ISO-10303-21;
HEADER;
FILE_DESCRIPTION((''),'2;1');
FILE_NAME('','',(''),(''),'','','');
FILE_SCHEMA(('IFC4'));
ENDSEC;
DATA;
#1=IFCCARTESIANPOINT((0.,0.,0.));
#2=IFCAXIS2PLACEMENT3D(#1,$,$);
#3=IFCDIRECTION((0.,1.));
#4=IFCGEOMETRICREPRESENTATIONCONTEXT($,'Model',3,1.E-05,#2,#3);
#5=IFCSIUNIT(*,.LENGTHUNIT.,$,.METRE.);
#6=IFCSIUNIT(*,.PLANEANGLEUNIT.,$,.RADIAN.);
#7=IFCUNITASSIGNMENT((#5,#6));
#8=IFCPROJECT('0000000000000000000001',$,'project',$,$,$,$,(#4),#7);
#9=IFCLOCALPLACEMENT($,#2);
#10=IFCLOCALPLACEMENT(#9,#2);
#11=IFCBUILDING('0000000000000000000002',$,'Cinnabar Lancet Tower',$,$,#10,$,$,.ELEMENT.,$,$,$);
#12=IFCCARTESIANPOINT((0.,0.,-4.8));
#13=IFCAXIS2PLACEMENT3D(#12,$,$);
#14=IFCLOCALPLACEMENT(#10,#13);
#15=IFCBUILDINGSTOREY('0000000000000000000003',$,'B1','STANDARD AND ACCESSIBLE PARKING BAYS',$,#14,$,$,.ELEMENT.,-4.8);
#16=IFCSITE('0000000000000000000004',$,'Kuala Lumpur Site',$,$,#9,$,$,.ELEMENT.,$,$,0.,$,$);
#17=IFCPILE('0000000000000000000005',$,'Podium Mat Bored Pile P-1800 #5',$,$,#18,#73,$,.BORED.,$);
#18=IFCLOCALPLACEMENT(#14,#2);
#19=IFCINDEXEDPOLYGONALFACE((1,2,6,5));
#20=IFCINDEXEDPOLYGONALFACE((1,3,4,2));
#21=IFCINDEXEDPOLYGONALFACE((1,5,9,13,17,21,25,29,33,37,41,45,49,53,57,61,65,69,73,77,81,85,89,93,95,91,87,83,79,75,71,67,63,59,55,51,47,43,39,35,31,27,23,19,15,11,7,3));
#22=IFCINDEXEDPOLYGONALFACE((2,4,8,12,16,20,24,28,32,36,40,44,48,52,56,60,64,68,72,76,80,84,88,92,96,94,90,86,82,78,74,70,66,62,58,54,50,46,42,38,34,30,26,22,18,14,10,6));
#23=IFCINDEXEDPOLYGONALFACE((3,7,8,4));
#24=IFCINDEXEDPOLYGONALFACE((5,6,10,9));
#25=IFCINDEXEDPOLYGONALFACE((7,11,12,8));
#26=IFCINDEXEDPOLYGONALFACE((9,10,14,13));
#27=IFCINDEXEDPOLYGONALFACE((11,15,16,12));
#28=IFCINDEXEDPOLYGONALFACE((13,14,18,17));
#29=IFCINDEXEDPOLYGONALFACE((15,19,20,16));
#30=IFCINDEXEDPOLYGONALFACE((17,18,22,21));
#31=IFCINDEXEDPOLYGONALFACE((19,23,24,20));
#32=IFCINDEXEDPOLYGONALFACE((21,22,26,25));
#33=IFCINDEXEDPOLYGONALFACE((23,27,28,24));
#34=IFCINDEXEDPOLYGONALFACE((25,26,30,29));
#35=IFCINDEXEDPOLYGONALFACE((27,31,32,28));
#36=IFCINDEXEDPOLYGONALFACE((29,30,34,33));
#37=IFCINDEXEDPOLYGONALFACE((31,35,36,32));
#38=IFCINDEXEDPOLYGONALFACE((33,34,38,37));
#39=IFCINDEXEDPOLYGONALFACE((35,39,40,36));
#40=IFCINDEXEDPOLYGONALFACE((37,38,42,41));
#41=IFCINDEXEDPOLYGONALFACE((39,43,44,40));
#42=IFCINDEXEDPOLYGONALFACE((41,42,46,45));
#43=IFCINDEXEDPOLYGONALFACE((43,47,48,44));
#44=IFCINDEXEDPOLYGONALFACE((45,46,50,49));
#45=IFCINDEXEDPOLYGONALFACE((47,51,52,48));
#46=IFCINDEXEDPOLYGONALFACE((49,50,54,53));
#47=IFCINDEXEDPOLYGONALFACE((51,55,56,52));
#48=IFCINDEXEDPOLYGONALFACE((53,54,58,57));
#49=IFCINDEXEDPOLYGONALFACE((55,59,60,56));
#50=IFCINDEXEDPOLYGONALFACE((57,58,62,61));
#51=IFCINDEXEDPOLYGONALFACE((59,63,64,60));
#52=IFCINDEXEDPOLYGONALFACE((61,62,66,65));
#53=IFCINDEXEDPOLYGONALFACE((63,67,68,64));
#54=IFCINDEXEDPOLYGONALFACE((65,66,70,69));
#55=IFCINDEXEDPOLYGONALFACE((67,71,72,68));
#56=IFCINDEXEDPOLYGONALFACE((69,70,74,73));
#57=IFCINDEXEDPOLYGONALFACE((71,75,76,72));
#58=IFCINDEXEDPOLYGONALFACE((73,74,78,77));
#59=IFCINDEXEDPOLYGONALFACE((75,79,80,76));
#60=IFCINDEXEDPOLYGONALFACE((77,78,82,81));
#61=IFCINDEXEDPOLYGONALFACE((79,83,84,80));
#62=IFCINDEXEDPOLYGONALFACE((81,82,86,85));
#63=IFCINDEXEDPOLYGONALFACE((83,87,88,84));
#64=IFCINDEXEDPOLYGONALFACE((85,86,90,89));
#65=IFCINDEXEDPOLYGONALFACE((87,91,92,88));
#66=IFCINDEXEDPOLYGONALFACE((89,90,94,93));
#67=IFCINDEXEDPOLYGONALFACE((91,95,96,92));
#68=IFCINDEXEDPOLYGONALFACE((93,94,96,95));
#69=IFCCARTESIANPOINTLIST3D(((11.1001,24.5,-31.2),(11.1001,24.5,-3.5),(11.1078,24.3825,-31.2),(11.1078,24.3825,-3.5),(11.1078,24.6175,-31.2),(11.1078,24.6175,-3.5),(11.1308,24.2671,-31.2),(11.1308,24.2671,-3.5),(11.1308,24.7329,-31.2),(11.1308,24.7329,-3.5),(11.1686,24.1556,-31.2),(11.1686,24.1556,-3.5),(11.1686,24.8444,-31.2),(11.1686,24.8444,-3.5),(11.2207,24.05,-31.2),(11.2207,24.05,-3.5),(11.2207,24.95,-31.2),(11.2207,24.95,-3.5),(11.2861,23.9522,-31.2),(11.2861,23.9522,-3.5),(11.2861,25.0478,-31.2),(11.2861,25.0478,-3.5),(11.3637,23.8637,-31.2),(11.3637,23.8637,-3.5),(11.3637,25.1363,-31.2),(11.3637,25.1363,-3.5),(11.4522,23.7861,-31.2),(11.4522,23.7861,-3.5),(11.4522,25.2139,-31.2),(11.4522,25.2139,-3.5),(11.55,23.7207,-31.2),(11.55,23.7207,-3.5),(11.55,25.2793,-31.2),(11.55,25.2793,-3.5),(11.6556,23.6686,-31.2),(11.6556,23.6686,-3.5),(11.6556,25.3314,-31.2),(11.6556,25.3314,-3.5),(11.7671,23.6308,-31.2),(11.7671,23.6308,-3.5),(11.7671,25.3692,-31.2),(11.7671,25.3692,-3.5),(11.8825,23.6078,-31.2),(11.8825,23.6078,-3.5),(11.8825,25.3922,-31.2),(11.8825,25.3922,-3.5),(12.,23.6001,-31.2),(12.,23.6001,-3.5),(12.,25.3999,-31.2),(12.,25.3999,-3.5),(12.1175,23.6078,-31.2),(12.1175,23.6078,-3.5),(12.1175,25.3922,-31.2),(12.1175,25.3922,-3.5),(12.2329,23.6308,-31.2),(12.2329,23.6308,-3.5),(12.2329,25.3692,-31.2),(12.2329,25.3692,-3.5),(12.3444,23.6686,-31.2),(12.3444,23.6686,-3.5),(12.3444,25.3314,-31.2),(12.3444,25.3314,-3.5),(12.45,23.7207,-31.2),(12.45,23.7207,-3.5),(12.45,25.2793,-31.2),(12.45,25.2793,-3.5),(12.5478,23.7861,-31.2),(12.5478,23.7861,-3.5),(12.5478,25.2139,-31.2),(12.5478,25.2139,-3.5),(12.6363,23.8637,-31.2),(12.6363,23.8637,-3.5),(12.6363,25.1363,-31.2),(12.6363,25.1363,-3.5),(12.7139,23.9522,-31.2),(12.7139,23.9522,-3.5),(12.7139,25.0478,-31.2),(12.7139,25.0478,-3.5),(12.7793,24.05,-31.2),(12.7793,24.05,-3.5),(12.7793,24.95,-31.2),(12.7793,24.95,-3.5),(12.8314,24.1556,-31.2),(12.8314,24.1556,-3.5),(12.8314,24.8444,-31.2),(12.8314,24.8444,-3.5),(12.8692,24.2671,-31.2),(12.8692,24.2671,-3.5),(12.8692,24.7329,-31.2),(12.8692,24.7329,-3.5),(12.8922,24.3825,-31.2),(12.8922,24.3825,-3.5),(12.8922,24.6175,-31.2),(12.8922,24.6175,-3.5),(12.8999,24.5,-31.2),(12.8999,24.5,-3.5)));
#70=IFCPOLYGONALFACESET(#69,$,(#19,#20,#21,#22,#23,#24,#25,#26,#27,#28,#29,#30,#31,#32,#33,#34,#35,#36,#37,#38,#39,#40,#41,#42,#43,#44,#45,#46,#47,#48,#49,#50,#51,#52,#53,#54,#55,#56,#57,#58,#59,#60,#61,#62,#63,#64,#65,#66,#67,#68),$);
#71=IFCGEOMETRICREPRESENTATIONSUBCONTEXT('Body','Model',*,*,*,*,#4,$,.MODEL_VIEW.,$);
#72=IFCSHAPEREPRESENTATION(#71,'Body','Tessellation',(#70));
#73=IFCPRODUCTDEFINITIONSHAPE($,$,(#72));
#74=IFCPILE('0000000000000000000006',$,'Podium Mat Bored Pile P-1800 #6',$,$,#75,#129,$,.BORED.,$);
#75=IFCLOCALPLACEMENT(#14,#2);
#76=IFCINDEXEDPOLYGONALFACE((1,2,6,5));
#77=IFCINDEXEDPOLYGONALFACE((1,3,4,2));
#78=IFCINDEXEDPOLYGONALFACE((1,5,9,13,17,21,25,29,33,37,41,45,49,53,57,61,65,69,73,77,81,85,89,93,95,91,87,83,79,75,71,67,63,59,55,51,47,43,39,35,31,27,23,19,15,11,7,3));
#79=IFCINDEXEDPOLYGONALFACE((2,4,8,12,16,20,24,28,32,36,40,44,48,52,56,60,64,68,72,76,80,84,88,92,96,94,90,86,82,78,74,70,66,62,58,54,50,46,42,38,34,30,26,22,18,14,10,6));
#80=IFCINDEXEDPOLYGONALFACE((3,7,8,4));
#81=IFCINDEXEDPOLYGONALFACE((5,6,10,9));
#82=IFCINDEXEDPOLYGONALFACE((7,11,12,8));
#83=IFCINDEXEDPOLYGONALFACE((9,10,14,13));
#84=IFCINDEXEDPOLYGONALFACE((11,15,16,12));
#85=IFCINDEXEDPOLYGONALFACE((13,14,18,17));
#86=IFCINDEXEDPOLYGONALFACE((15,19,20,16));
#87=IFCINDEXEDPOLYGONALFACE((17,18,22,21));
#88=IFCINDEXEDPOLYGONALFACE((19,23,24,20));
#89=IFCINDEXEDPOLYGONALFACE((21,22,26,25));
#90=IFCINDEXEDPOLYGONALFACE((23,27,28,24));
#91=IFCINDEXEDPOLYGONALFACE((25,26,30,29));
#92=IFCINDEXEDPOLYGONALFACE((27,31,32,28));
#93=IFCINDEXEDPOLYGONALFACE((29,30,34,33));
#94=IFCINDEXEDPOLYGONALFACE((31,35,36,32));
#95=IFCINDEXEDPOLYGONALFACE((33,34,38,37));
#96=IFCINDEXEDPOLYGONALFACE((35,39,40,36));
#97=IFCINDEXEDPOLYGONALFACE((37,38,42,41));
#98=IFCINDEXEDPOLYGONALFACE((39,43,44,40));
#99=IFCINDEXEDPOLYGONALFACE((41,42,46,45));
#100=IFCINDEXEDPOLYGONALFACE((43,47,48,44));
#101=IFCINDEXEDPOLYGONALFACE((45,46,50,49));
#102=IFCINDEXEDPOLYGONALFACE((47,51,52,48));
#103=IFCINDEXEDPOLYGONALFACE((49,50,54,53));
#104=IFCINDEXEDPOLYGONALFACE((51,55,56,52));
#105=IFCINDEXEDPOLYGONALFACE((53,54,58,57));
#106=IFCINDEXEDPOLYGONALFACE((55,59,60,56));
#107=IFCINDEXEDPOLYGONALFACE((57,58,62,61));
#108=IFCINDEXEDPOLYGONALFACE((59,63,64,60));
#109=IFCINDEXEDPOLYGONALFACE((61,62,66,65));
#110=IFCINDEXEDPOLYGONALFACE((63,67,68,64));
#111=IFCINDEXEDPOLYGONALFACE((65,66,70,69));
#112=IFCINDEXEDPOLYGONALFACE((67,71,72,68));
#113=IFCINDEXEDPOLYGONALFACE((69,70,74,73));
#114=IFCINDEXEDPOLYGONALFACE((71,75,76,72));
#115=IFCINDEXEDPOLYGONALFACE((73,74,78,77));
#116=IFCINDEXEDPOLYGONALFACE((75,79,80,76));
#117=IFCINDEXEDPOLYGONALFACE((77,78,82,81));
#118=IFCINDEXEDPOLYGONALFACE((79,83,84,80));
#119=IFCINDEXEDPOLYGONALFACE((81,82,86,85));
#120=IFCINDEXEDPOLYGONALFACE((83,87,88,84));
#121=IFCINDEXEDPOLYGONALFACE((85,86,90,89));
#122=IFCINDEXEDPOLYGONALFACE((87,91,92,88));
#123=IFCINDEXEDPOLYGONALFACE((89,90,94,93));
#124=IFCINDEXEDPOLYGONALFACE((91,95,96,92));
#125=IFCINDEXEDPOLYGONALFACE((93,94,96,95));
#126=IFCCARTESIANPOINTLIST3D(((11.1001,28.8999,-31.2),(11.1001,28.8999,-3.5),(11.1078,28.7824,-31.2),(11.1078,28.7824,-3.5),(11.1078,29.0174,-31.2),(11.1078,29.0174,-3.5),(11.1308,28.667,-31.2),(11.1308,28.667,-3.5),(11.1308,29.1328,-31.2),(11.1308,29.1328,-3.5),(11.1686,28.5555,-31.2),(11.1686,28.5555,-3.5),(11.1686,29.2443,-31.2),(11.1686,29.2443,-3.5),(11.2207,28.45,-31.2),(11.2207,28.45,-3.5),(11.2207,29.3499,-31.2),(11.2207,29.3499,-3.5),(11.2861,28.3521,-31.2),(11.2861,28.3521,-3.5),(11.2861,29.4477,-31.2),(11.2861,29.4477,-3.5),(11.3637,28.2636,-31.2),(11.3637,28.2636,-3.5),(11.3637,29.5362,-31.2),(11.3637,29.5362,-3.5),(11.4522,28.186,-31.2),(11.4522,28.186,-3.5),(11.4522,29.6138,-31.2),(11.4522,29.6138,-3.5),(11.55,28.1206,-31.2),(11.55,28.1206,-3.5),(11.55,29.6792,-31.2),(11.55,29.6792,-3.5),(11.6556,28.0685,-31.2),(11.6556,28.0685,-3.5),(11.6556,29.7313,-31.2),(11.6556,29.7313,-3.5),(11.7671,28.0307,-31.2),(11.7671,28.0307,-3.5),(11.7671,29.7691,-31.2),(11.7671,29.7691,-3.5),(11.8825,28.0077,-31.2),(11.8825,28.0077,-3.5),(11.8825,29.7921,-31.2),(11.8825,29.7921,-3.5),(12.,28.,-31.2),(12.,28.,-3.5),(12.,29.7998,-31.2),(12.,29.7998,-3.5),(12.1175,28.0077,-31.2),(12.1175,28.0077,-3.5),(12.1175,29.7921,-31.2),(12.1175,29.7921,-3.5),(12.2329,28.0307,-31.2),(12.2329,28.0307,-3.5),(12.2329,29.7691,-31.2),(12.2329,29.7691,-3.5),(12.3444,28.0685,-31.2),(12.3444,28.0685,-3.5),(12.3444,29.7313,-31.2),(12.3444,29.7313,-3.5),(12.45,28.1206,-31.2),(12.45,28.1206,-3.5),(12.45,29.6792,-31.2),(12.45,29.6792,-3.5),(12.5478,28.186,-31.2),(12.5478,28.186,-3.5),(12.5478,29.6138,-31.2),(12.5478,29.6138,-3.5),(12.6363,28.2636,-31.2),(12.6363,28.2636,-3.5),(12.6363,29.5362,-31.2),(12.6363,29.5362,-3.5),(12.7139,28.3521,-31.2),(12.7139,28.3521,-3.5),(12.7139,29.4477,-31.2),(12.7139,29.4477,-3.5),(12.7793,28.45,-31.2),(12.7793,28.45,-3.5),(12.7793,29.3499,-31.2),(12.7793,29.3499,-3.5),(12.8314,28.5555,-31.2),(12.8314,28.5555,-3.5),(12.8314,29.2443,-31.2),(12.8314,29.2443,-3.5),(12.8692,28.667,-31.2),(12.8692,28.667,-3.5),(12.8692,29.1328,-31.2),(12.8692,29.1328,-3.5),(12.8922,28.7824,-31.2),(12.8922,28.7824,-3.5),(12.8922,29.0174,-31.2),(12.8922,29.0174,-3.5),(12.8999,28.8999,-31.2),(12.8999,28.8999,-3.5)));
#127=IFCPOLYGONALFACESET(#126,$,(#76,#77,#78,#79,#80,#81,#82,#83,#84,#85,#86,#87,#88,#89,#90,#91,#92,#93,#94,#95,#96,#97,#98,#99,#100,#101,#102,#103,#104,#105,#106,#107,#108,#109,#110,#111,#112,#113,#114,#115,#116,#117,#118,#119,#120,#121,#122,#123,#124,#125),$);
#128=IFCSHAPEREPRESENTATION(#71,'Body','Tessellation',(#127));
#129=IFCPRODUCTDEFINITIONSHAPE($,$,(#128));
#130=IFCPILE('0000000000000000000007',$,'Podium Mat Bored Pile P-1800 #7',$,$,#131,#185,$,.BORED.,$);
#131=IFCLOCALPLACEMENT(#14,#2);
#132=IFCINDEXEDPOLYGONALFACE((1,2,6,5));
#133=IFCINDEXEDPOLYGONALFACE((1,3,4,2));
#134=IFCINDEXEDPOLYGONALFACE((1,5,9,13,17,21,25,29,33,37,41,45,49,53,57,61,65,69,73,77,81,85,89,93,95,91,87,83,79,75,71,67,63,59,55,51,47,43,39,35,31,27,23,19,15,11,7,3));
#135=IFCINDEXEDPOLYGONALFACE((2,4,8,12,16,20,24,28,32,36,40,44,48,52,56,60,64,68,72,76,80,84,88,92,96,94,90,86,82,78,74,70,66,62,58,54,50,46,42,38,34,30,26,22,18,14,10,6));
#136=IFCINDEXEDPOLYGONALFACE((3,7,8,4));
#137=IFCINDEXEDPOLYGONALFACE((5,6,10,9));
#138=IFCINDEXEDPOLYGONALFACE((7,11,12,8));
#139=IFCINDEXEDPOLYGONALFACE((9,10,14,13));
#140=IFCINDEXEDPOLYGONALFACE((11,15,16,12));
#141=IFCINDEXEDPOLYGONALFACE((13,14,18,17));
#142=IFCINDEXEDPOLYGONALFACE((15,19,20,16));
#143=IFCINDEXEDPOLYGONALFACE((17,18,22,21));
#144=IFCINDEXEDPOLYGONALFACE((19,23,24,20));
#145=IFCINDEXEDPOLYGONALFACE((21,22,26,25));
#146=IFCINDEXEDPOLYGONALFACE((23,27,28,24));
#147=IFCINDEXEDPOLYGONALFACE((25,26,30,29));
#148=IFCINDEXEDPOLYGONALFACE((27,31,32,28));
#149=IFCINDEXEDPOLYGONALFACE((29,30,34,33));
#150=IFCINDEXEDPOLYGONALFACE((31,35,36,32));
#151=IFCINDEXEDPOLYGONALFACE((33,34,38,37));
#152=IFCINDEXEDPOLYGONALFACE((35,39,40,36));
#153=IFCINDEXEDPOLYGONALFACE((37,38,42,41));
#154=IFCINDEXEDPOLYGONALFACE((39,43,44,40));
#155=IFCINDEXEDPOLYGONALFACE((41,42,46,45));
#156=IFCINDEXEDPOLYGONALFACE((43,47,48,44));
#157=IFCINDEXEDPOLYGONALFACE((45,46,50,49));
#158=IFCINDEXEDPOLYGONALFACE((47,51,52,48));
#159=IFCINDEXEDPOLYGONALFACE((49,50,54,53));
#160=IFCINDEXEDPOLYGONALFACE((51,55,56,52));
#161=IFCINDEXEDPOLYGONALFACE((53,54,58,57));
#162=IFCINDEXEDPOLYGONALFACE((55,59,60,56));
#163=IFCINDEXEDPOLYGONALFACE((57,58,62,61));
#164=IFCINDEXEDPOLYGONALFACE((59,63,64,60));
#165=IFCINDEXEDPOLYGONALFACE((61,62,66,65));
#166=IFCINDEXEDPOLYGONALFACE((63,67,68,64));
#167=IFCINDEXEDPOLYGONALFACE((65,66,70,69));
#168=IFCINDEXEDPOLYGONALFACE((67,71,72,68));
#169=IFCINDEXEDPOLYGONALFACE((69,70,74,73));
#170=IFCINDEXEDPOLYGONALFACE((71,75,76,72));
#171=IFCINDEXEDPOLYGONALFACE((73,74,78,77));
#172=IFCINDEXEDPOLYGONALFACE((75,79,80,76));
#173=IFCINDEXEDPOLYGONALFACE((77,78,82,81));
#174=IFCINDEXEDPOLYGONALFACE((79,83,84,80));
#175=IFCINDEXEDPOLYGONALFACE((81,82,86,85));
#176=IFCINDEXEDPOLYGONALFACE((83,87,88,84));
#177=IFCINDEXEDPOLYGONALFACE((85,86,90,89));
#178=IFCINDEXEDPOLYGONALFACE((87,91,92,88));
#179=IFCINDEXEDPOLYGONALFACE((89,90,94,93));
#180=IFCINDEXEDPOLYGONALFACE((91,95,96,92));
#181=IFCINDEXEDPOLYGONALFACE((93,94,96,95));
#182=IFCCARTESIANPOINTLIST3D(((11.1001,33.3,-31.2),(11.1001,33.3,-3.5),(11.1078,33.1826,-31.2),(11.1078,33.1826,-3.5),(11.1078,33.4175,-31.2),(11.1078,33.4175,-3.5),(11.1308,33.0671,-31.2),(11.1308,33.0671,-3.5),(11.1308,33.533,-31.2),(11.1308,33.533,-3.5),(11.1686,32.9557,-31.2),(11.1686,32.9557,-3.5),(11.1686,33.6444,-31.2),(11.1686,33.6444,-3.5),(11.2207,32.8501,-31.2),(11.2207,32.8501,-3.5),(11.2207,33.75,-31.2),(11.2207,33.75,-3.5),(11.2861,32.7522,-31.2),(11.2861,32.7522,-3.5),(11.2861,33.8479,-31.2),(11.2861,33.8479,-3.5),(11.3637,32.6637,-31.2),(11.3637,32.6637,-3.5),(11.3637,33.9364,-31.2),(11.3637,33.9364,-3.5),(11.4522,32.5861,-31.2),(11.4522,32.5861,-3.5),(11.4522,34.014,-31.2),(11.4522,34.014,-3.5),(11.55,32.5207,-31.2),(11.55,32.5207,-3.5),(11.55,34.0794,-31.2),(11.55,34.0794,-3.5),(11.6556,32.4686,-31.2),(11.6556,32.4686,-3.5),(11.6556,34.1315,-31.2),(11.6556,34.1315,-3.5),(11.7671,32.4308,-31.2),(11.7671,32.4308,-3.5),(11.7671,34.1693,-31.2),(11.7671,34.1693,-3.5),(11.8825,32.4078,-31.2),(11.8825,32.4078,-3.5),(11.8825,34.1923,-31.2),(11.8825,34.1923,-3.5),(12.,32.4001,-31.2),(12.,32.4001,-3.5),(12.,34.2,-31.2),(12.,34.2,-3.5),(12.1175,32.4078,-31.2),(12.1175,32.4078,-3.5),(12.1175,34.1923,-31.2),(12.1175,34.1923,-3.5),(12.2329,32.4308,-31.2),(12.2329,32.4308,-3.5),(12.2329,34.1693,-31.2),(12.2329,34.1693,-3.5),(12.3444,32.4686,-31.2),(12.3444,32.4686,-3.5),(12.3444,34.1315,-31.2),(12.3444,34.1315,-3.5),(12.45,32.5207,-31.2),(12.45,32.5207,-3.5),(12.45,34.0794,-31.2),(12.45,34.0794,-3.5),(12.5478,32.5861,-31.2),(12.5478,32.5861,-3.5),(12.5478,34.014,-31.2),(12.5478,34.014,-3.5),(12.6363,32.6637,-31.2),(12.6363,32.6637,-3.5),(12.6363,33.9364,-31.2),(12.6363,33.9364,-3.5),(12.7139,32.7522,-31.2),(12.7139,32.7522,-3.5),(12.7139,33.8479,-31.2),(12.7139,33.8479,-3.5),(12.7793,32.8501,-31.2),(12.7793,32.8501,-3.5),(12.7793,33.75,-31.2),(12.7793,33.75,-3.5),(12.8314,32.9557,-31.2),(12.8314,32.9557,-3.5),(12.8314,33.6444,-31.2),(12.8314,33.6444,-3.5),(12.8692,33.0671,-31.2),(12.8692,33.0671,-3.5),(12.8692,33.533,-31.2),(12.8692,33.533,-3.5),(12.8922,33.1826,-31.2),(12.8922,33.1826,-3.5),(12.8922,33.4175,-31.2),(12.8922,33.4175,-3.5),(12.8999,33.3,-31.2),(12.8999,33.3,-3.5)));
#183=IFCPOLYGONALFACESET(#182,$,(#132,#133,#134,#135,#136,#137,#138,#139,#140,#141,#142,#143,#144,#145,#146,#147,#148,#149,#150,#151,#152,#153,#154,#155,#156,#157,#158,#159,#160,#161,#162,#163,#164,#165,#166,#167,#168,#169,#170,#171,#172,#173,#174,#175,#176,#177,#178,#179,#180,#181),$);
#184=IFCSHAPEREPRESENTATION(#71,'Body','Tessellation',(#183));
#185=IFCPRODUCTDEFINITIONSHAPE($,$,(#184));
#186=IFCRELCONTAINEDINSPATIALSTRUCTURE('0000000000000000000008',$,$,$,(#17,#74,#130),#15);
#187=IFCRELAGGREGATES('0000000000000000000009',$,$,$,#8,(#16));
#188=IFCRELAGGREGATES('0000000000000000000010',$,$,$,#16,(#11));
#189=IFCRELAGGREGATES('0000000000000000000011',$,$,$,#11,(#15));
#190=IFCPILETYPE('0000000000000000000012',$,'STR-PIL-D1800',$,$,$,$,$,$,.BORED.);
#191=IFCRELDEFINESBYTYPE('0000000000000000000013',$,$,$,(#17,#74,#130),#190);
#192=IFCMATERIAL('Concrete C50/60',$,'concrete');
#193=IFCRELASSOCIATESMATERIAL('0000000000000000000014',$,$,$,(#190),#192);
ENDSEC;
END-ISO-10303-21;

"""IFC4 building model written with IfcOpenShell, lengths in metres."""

from ifc_helpers import new_model, si_unit, direction, frame, origin, origin_2d, place, context, subcontext, project, spatial, circle, extrude, material, material_profile, profile_set, type_object, element, save


model = new_model("IFC4")

# Units and contexts
model_context = context("Model", 3, precision=1e-05, world=origin(), true_north=direction((0.0, 1.0)))
body_context = subcontext(model_context, "Body", "Model", "MODEL_VIEW")
ifc_project = project(units=[si_unit("LENGTHUNIT", "METRE"), si_unit("PLANEANGLEUNIT", "RADIAN")], contexts=[model_context])

# Site, building, storey
site_placement = place(None, origin())
site = spatial("IfcSite", under=ifc_project, at=site_placement, Name="Kuala Lumpur Site", CompositionType="ELEMENT", RefElevation=0.0)
building_placement = place(site_placement, origin())
building = spatial("IfcBuilding", under=site, at=building_placement, Name="Cinnabar Lancet Tower", CompositionType="ELEMENT")
storey_placement = place(building_placement, frame((0.0, 0.0, -4.8)))
storey = spatial("IfcBuildingStorey", under=building, at=storey_placement, Name="B1", Description="STANDARD AND ACCESSIBLE PARKING BAYS", CompositionType="ELEMENT", Elevation=-4.8)

# Piles
ifc_material_1 = material(Name="Concrete C50/60", Category="concrete")
ifc_material_profile_1 = material_profile(ifc_material_1, circle(Radius=0.8999, at=origin_2d()), Name="PILE D1800")
ifc_profile_set_1 = profile_set([ifc_material_profile_1], Name="Concrete C50/60")
pile_type_1 = type_object("IfcPileType", Name="STR-PIL-D1800", PredefinedType="BORED", material=ifc_profile_set_1)
for number, where, z_axis, x_axis, name in (
    (1, (12.0, 24.5, -3.5), (0.0, 0.0, -1.0), (1.0, 0.0, 0.0), "Podium Mat Bored Pile P-1800 #5"),
    (2, (12.0, 28.8999, -3.5), (0.0, 0.0, -1.0), (1.0, 0.0, 0.0), "Podium Mat Bored Pile P-1800 #6"),
    (3, (12.0, 33.3, -3.5), (0.0, 0.0, -1.0), (1.0, 0.0, 0.0), "Podium Mat Bored Pile P-1800 #7"),
):
    element("IfcPile", number, at=place(storey_placement, frame(where, z_axis=z_axis, x_axis=x_axis)), inside=storey, type_object=pile_type_1, Name=name, PredefinedType="BORED", context=body_context, shape_type="SweptSolid", body=[
        extrude(circle(Radius=0.8999, at=origin_2d()), origin(), (0.0, 0.0, 1.0), 27.7),
    ])

save(model, "model.ifc")
